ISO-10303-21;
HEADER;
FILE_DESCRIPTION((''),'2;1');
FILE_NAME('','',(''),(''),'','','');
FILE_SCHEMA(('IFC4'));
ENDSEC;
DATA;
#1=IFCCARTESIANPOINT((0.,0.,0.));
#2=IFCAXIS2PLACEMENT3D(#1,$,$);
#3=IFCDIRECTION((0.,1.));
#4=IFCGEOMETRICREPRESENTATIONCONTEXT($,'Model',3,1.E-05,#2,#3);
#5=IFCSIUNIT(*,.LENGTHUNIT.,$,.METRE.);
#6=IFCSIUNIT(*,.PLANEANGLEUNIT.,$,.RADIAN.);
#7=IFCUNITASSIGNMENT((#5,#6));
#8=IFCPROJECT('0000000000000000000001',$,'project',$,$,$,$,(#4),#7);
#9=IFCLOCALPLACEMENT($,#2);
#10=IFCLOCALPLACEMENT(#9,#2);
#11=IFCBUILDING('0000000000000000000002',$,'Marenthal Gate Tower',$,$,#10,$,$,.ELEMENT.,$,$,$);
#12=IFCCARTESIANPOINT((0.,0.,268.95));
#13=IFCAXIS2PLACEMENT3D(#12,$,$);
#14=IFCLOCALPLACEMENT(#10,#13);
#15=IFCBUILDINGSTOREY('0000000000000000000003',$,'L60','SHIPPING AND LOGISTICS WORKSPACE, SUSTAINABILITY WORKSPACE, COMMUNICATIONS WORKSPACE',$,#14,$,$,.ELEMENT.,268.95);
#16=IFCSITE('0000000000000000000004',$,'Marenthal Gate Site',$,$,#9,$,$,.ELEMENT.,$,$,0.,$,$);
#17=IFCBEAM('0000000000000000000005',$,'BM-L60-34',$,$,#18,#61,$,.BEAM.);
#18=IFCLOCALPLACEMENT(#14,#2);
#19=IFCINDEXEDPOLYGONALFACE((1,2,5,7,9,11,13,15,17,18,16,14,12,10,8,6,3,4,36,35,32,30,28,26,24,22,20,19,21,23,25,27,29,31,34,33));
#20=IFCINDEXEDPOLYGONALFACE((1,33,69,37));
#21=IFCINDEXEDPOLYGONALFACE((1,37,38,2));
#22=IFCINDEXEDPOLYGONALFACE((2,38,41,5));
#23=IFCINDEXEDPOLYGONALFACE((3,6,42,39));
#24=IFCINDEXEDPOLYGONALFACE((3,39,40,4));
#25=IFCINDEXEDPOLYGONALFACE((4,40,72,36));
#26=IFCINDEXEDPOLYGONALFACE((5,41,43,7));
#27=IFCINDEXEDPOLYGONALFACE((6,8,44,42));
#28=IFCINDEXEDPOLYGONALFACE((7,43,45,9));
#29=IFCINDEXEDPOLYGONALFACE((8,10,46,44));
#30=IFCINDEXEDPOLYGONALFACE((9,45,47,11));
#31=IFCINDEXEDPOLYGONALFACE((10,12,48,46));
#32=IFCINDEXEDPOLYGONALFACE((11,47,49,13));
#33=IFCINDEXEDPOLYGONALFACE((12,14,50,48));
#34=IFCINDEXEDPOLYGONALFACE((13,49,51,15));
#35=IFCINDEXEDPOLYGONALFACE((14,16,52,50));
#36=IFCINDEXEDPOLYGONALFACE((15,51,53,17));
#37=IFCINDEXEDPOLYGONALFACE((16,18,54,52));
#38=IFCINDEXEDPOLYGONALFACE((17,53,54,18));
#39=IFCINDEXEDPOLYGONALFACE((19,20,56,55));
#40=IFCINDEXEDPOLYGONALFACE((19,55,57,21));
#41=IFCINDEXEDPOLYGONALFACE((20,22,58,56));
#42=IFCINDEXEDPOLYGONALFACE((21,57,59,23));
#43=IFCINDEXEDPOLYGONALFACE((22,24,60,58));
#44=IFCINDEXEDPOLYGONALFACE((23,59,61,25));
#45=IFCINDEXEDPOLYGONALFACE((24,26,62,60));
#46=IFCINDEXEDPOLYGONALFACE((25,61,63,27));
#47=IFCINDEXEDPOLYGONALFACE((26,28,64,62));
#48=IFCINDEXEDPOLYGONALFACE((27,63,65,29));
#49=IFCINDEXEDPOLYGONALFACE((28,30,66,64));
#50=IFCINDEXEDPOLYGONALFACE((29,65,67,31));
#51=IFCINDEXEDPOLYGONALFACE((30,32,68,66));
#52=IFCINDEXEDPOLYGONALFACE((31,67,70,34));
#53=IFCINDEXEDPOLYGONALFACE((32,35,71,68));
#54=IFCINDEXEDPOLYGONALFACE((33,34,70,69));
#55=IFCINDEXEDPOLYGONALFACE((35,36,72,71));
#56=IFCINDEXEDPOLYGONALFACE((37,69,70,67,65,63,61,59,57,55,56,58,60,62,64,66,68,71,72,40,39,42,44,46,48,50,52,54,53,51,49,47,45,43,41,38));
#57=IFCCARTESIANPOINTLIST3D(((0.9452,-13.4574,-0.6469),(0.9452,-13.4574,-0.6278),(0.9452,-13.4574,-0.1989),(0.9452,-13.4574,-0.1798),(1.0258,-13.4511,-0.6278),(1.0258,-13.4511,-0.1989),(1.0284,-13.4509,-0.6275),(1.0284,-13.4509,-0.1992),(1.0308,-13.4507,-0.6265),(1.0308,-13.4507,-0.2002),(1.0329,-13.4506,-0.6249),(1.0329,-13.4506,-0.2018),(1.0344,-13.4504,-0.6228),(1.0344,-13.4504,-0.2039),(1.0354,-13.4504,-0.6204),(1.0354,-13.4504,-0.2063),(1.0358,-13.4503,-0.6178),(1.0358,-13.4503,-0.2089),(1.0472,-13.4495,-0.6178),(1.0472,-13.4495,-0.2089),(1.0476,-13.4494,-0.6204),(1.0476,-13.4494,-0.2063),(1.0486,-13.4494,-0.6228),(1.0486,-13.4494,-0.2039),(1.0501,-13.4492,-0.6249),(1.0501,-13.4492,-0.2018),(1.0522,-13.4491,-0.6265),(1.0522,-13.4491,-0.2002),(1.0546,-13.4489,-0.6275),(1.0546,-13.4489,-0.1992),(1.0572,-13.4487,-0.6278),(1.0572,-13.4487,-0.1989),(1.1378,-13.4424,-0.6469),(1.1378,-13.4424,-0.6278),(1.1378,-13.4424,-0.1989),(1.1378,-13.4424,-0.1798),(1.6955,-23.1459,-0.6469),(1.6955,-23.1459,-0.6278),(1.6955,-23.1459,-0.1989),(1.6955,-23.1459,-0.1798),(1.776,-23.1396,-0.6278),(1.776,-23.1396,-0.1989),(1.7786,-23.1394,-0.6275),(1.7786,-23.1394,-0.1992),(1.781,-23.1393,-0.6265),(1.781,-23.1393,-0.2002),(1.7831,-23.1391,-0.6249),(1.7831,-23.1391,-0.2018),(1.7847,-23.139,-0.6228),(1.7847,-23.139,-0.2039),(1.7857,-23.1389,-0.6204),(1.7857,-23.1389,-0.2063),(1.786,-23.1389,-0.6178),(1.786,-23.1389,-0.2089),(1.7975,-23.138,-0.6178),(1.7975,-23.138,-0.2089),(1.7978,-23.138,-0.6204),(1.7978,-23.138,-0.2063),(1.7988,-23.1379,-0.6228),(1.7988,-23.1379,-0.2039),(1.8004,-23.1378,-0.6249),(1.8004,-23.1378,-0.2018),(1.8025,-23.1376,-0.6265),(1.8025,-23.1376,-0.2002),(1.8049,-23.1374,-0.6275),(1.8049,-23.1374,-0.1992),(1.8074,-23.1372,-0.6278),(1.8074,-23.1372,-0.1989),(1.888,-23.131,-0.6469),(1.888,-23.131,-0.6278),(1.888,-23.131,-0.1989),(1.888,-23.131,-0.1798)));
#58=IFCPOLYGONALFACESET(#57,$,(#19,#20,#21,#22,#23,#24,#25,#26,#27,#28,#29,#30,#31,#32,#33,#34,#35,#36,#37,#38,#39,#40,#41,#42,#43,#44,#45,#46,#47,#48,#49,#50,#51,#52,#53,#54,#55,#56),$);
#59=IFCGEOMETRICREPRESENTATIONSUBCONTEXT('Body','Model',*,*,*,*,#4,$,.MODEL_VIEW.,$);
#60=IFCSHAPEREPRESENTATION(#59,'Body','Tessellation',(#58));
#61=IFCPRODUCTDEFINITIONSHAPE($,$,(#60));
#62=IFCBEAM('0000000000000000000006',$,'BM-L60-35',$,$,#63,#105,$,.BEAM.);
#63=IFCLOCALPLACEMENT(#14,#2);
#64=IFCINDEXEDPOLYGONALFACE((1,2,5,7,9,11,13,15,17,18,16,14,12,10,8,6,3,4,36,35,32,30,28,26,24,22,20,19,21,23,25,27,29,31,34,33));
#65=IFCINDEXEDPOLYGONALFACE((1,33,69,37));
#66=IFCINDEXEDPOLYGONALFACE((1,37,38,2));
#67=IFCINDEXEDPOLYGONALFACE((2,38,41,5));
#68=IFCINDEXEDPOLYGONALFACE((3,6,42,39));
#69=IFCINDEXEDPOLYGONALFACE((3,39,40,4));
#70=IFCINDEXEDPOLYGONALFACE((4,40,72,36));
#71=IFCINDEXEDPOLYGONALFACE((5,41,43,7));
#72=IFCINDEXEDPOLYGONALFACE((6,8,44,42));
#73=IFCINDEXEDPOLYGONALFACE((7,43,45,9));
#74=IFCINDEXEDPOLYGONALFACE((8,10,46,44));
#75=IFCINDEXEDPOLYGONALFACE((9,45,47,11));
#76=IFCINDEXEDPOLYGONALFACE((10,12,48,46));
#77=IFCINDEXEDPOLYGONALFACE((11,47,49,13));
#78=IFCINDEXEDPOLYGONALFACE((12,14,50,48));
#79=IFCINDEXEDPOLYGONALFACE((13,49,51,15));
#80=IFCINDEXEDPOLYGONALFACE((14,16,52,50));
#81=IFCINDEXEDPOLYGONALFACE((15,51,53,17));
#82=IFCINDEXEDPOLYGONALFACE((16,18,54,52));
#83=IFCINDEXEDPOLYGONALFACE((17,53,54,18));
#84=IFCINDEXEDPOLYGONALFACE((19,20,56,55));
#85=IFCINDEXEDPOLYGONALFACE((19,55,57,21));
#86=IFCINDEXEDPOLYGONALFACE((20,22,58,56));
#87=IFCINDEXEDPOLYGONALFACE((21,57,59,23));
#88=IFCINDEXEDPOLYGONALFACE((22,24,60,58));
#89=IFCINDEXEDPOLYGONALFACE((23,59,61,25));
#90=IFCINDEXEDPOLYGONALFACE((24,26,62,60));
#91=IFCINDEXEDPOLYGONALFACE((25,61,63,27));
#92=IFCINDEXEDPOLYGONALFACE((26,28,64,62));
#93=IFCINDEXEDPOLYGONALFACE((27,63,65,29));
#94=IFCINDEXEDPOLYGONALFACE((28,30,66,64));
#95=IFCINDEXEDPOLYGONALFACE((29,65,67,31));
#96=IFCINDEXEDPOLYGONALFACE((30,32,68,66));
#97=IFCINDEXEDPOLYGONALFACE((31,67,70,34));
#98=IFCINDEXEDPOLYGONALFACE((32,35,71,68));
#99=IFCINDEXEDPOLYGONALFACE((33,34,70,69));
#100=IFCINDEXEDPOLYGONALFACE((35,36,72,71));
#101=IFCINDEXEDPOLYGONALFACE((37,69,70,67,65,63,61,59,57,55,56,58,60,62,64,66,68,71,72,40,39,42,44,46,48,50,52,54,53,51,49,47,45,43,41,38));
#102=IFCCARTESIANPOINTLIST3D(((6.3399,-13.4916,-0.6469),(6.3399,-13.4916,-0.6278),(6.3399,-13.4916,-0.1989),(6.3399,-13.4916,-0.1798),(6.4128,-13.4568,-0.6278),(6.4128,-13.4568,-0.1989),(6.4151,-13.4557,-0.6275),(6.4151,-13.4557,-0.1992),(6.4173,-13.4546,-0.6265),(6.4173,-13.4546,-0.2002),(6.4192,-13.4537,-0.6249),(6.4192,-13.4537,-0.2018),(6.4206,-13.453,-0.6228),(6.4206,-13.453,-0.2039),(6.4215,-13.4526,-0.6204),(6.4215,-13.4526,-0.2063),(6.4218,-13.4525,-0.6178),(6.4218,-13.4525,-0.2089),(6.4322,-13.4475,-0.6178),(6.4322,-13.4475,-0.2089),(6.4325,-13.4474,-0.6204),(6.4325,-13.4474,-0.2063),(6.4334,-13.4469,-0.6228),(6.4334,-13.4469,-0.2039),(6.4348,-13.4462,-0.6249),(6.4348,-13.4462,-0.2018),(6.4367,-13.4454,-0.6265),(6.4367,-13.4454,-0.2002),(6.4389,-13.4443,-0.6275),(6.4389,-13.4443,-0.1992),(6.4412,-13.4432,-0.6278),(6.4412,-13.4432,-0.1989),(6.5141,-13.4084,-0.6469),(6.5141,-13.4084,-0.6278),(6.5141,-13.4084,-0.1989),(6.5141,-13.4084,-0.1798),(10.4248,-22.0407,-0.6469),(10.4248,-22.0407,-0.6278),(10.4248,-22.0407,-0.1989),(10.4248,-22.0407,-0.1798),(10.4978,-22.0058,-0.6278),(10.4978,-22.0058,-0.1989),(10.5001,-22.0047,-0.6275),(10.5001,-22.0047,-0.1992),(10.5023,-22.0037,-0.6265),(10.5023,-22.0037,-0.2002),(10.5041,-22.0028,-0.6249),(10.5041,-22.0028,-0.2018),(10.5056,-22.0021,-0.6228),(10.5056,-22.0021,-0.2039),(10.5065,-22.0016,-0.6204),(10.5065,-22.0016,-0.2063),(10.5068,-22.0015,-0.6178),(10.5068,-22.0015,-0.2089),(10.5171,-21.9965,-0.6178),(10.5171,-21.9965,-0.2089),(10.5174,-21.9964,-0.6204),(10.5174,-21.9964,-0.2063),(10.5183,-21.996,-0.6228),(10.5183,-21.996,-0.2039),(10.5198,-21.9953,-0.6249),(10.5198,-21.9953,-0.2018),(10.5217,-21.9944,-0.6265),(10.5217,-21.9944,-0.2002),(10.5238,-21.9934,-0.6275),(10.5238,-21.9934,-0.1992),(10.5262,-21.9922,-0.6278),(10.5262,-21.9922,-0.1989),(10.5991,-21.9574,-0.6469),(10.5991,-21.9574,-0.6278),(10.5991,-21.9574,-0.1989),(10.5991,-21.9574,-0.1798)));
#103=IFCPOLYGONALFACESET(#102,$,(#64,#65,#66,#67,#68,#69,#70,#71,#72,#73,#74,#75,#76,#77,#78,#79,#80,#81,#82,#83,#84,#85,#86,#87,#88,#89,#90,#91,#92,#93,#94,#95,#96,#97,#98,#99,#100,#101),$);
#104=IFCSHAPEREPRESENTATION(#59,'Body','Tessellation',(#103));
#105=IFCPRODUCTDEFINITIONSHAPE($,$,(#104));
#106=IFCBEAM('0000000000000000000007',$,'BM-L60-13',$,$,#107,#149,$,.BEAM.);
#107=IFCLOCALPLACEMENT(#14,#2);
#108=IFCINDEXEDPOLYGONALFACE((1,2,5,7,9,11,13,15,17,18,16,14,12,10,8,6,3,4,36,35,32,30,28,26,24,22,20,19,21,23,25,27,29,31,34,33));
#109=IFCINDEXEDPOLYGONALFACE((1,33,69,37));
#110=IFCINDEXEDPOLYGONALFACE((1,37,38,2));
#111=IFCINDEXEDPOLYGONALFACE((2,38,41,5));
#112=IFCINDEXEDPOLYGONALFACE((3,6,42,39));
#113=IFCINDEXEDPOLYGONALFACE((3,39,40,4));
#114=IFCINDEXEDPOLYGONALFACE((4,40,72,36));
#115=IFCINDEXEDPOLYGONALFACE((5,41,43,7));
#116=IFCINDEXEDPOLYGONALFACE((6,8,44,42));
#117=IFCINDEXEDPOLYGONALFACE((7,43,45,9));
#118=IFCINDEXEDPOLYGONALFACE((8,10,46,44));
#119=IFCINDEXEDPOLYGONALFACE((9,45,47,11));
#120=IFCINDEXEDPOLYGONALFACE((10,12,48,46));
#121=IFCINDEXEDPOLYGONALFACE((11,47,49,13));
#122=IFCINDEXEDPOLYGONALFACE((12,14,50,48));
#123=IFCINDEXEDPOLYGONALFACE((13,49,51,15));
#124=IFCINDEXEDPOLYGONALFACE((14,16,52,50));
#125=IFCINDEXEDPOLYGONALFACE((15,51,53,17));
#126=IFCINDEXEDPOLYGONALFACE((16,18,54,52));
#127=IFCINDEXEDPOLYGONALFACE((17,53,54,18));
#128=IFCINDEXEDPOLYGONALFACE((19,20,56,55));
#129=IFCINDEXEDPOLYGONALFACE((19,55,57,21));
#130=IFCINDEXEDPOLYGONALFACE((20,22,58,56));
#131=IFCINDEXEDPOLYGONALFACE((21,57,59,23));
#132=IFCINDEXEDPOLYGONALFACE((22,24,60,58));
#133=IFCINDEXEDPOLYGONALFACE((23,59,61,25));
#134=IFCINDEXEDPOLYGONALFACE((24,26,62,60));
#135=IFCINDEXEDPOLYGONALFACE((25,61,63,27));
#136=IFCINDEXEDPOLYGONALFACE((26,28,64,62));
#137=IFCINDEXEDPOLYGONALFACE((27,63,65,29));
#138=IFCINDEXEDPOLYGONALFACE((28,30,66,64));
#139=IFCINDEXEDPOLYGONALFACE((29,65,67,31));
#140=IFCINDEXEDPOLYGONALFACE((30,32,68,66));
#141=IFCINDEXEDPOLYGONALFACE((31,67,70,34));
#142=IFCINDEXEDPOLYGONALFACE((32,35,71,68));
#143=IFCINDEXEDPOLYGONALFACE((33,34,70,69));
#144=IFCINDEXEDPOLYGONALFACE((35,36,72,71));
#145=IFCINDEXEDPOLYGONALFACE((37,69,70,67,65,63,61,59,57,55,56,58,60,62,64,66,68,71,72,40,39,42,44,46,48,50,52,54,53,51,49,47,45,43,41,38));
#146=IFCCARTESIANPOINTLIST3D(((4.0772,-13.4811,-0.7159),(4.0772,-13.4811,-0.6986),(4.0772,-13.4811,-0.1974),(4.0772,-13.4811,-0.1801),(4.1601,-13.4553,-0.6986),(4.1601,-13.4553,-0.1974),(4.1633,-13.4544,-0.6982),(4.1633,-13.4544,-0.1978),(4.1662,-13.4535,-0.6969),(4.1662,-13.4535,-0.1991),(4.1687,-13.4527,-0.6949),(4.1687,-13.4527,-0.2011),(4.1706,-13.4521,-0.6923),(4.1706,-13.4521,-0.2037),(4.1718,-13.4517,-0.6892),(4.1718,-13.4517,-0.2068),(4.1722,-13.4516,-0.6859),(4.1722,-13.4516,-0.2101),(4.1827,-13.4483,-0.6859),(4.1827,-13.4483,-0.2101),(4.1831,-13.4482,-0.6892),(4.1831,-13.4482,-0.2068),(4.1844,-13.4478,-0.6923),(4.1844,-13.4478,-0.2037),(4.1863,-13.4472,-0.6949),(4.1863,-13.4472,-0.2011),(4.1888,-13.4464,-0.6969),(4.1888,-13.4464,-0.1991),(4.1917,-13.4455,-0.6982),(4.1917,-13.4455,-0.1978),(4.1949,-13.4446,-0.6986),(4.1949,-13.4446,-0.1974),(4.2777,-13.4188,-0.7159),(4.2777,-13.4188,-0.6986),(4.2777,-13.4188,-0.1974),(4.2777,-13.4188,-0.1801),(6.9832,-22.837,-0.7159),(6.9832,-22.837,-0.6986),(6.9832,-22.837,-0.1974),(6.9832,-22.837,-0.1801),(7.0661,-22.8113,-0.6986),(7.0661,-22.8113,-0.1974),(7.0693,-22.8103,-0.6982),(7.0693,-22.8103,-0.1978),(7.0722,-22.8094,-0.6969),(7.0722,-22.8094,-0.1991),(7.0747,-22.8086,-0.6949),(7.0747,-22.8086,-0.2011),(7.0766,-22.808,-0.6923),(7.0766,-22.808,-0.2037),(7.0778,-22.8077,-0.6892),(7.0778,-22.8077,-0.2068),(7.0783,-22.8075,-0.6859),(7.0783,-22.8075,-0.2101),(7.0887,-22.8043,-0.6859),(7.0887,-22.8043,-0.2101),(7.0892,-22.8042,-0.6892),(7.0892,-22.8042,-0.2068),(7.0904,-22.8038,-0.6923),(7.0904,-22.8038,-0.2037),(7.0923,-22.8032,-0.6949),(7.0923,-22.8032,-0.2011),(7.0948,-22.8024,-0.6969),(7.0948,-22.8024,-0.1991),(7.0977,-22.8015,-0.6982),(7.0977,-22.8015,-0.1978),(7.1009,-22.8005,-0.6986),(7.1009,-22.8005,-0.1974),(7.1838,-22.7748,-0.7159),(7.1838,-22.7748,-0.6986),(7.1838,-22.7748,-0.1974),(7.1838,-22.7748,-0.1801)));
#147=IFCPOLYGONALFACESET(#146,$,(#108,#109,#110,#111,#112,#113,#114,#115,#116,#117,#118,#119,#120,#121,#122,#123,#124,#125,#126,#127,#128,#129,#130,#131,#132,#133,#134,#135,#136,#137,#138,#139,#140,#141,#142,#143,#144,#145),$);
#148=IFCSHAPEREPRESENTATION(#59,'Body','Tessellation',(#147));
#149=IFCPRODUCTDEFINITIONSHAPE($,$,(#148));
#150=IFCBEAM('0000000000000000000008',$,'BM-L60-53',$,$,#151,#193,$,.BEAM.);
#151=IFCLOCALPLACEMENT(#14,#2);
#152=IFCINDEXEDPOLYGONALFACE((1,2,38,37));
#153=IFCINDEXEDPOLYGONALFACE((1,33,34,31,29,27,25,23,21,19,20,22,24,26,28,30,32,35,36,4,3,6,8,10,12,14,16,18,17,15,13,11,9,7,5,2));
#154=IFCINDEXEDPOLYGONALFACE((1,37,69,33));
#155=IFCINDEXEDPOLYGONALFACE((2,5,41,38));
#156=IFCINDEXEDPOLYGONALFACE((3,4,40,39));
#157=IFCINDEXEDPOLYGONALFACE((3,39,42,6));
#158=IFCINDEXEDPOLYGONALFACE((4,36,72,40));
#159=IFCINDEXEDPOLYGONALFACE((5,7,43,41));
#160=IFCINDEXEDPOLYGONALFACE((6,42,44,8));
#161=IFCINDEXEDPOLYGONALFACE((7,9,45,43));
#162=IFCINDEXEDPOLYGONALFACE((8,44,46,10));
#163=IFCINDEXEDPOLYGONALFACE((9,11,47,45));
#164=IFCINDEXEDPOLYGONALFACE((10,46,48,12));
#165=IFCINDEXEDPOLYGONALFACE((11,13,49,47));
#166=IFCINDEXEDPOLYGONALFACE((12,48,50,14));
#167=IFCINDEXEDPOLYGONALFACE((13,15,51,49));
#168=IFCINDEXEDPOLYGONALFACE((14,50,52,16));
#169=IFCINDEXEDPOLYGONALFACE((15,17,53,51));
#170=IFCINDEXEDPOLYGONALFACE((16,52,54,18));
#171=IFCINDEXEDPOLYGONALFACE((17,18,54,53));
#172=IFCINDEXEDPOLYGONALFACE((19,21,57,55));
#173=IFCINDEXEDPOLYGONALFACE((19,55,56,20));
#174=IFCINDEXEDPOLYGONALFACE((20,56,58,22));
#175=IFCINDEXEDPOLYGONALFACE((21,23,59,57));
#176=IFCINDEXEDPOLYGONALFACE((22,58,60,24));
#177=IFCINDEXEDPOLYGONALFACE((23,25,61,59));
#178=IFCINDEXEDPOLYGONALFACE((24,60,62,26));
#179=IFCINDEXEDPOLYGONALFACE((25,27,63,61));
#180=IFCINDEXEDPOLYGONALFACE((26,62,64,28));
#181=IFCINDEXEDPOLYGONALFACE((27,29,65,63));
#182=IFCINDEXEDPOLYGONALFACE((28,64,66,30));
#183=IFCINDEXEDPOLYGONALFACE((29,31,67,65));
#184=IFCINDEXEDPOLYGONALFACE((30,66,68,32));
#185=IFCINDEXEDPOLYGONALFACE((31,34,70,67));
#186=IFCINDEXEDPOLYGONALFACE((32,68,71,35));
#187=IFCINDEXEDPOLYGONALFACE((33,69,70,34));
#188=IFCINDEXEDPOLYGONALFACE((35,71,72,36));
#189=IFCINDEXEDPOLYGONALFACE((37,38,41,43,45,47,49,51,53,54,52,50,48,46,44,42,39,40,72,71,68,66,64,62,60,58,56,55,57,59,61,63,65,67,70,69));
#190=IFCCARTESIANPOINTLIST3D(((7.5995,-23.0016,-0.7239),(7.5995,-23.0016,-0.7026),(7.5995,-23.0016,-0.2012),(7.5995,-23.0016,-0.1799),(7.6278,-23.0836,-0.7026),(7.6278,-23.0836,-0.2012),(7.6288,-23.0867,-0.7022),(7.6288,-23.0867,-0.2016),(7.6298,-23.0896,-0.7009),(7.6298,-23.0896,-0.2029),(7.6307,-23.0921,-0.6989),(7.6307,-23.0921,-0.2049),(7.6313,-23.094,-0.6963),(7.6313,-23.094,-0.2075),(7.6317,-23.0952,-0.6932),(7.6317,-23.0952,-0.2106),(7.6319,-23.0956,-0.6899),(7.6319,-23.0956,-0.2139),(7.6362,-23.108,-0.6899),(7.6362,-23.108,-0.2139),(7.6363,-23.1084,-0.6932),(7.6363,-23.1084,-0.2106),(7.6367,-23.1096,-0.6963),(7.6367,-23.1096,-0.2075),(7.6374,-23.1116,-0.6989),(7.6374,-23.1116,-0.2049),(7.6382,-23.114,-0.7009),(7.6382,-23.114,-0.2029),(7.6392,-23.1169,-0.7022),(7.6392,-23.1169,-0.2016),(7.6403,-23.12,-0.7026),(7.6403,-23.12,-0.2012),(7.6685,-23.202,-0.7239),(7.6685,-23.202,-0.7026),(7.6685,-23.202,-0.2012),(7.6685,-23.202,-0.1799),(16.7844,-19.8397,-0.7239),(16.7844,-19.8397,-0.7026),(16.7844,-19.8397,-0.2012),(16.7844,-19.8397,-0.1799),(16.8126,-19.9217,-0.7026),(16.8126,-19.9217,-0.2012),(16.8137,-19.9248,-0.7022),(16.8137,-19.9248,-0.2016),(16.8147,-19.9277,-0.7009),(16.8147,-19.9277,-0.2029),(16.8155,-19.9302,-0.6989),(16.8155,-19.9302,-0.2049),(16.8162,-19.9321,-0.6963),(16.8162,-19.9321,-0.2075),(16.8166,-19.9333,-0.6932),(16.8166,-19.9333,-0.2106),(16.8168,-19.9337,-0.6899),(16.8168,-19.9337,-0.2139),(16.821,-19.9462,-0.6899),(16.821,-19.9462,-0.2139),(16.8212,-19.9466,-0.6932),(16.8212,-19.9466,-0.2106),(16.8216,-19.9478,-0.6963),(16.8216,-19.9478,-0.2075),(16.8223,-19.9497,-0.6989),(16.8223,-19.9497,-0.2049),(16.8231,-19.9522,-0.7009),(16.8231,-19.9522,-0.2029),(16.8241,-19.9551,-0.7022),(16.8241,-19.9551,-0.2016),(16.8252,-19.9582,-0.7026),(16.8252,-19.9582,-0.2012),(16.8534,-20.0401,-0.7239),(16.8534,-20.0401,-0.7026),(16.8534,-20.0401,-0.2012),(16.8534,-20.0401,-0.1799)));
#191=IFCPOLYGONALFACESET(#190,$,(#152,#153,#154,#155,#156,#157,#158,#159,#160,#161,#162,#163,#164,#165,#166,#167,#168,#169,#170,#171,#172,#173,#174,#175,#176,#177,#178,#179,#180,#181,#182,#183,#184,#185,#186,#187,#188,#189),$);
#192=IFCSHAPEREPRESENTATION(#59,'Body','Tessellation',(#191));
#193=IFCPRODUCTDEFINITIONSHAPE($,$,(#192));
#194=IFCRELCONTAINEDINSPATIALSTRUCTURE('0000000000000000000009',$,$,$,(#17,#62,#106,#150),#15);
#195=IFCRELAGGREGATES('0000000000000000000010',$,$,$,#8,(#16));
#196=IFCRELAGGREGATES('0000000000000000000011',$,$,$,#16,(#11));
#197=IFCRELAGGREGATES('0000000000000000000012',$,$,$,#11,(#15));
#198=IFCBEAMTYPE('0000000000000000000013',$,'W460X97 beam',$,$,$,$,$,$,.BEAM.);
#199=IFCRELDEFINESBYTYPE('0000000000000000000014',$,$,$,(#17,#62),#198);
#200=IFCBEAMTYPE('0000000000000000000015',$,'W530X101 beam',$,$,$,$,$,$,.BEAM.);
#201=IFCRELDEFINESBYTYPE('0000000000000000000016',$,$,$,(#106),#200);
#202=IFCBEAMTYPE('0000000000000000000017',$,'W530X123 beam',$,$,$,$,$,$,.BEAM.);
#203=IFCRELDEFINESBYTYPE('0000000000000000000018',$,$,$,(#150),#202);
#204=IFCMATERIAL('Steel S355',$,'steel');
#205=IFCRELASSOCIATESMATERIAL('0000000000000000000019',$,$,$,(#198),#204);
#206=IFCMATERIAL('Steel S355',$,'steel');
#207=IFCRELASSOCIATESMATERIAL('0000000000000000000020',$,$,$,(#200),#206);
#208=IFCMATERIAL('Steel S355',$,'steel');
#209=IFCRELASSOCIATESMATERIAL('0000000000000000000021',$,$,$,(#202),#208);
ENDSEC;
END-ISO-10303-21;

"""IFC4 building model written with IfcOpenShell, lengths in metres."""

from ifc_helpers import new_model, si_unit, direction, frame, origin, origin_2d, place, context, subcontext, project, spatial, i_section, extrude, material, material_profile, profile_set, type_object, element, save


model = new_model("IFC4")

# Units and contexts
model_context = context("Model", 3, precision=1e-05, world=origin(), true_north=direction((0.0, 1.0)))
body_context = subcontext(model_context, "Body", "Model", "MODEL_VIEW")
ifc_project = project(units=[si_unit("LENGTHUNIT", "METRE"), si_unit("PLANEANGLEUNIT", "RADIAN")], contexts=[model_context])

# Site, building, storey
site_placement = place(None, origin())
site = spatial("IfcSite", under=ifc_project, at=site_placement, Name="Marenthal Gate Site", CompositionType="ELEMENT", RefElevation=0.0)
building_placement = place(site_placement, origin())
building = spatial("IfcBuilding", under=site, at=building_placement, Name="Marenthal Gate Tower", CompositionType="ELEMENT")
storey_placement = place(building_placement, frame((0.0, 0.0, 268.95)))
storey = spatial("IfcBuildingStorey", under=building, at=storey_placement, Name="L60", Description="SHIPPING AND LOGISTICS WORKSPACE, SUSTAINABILITY WORKSPACE, COMMUNICATIONS WORKSPACE", CompositionType="ELEMENT", Elevation=268.95)

# Beams
ifc_material_1 = material(Name="Steel S355", Category="steel")
ifc_material_profile_1 = material_profile(ifc_material_1, i_section(OverallWidth=0.1931, OverallDepth=0.467, WebThickness=0.0115, FlangeThickness=0.019, FilletRadius=0.01, at=origin_2d()), Name="W460X97")
ifc_profile_set_1 = profile_set([ifc_material_profile_1], Name="Steel S355")
beam_type_1 = type_object("IfcBeamType", Name="W460X97 beam", PredefinedType="BEAM", material=ifc_profile_set_1)
beam_1_placement = place(storey_placement, frame((1.7917, -23.1384, -0.4133), z_axis=(-0.077206, 0.997015, 0.0), x_axis=(-0.997015, -0.077206, 0.0)))
element("IfcBeam", 1, at=beam_1_placement, inside=storey, type_object=beam_type_1, Name="BM-L60-34", PredefinedType="BEAM", context=body_context, shape_type="SweptSolid", body=[
    extrude(i_section(OverallWidth=0.1931, OverallDepth=0.467, WebThickness=0.0115, FlangeThickness=0.019, FilletRadius=0.01, at=origin_2d()), origin(), (0.0, 0.0, 1.0), 9.7175),
])
beam_2_placement = place(storey_placement, frame((10.512, -21.999, -0.4133), z_axis=(-0.431135, 0.902287, 0.0), x_axis=(-0.902287, -0.431135, 0.0)))
element("IfcBeam", 2, at=beam_2_placement, inside=storey, type_object=beam_type_1, Name="BM-L60-35", PredefinedType="BEAM", context=body_context, shape_type="SweptSolid", body=[
    extrude(i_section(OverallWidth=0.1931, OverallDepth=0.467, WebThickness=0.0115, FlangeThickness=0.019, FilletRadius=0.01, at=origin_2d()), origin(), (0.0, 0.0, 1.0), 9.4749),
])
ifc_material_2 = material(Name="Steel S355", Category="steel")
ifc_material_profile_2 = material_profile(ifc_material_2, i_section(OverallWidth=0.21, OverallDepth=0.5359, WebThickness=0.011, FlangeThickness=0.0173, FilletRadius=0.0127, at=origin_2d()), Name="W530X101")
ifc_profile_set_2 = profile_set([ifc_material_profile_2], Name="Steel S355")
beam_type_2 = type_object("IfcBeamType", Name="W530X101 beam", PredefinedType="BEAM", material=ifc_profile_set_2)
beam_3_placement = place(storey_placement, frame((7.0835, -22.8059, -0.448), z_axis=(-0.296626, 0.954994, 0.0), x_axis=(-0.954994, -0.296626, 0.0)))
element("IfcBeam", 3, at=beam_3_placement, inside=storey, type_object=beam_type_2, Name="BM-L60-13", PredefinedType="BEAM", context=body_context, shape_type="SweptSolid", body=[
    extrude(i_section(OverallWidth=0.21, OverallDepth=0.5359, WebThickness=0.011, FlangeThickness=0.0173, FilletRadius=0.0127, at=origin_2d()), origin(), (0.0, 0.0, 1.0), 9.7969),
])
ifc_material_3 = material(Name="Steel S355", Category="steel")
ifc_material_profile_3 = material_profile(ifc_material_3, i_section(OverallWidth=0.2119, OverallDepth=0.5439, WebThickness=0.0132, FlangeThickness=0.0212, FilletRadius=0.0127, at=origin_2d()), Name="W530X123")
ifc_profile_set_3 = profile_set([ifc_material_profile_3], Name="Steel S355")
beam_type_3 = type_object("IfcBeamType", Name="W530X123 beam", PredefinedType="BEAM", material=ifc_profile_set_3)
beam_4_placement = place(storey_placement, frame((7.634, -23.1018, -0.4519), z_axis=(0.945541, 0.325502, 0.0), x_axis=(-0.325502, 0.945541, 0.0)))
element("IfcBeam", 4, at=beam_4_placement, inside=storey, type_object=beam_type_3, Name="BM-L60-53", PredefinedType="BEAM", context=body_context, shape_type="SweptSolid", body=[
    extrude(i_section(OverallWidth=0.2119, OverallDepth=0.5439, WebThickness=0.0132, FlangeThickness=0.0212, FilletRadius=0.0127, at=origin_2d()), origin(), (0.0, 0.0, 1.0), 9.7139),
])

save(model, "model.ifc")
